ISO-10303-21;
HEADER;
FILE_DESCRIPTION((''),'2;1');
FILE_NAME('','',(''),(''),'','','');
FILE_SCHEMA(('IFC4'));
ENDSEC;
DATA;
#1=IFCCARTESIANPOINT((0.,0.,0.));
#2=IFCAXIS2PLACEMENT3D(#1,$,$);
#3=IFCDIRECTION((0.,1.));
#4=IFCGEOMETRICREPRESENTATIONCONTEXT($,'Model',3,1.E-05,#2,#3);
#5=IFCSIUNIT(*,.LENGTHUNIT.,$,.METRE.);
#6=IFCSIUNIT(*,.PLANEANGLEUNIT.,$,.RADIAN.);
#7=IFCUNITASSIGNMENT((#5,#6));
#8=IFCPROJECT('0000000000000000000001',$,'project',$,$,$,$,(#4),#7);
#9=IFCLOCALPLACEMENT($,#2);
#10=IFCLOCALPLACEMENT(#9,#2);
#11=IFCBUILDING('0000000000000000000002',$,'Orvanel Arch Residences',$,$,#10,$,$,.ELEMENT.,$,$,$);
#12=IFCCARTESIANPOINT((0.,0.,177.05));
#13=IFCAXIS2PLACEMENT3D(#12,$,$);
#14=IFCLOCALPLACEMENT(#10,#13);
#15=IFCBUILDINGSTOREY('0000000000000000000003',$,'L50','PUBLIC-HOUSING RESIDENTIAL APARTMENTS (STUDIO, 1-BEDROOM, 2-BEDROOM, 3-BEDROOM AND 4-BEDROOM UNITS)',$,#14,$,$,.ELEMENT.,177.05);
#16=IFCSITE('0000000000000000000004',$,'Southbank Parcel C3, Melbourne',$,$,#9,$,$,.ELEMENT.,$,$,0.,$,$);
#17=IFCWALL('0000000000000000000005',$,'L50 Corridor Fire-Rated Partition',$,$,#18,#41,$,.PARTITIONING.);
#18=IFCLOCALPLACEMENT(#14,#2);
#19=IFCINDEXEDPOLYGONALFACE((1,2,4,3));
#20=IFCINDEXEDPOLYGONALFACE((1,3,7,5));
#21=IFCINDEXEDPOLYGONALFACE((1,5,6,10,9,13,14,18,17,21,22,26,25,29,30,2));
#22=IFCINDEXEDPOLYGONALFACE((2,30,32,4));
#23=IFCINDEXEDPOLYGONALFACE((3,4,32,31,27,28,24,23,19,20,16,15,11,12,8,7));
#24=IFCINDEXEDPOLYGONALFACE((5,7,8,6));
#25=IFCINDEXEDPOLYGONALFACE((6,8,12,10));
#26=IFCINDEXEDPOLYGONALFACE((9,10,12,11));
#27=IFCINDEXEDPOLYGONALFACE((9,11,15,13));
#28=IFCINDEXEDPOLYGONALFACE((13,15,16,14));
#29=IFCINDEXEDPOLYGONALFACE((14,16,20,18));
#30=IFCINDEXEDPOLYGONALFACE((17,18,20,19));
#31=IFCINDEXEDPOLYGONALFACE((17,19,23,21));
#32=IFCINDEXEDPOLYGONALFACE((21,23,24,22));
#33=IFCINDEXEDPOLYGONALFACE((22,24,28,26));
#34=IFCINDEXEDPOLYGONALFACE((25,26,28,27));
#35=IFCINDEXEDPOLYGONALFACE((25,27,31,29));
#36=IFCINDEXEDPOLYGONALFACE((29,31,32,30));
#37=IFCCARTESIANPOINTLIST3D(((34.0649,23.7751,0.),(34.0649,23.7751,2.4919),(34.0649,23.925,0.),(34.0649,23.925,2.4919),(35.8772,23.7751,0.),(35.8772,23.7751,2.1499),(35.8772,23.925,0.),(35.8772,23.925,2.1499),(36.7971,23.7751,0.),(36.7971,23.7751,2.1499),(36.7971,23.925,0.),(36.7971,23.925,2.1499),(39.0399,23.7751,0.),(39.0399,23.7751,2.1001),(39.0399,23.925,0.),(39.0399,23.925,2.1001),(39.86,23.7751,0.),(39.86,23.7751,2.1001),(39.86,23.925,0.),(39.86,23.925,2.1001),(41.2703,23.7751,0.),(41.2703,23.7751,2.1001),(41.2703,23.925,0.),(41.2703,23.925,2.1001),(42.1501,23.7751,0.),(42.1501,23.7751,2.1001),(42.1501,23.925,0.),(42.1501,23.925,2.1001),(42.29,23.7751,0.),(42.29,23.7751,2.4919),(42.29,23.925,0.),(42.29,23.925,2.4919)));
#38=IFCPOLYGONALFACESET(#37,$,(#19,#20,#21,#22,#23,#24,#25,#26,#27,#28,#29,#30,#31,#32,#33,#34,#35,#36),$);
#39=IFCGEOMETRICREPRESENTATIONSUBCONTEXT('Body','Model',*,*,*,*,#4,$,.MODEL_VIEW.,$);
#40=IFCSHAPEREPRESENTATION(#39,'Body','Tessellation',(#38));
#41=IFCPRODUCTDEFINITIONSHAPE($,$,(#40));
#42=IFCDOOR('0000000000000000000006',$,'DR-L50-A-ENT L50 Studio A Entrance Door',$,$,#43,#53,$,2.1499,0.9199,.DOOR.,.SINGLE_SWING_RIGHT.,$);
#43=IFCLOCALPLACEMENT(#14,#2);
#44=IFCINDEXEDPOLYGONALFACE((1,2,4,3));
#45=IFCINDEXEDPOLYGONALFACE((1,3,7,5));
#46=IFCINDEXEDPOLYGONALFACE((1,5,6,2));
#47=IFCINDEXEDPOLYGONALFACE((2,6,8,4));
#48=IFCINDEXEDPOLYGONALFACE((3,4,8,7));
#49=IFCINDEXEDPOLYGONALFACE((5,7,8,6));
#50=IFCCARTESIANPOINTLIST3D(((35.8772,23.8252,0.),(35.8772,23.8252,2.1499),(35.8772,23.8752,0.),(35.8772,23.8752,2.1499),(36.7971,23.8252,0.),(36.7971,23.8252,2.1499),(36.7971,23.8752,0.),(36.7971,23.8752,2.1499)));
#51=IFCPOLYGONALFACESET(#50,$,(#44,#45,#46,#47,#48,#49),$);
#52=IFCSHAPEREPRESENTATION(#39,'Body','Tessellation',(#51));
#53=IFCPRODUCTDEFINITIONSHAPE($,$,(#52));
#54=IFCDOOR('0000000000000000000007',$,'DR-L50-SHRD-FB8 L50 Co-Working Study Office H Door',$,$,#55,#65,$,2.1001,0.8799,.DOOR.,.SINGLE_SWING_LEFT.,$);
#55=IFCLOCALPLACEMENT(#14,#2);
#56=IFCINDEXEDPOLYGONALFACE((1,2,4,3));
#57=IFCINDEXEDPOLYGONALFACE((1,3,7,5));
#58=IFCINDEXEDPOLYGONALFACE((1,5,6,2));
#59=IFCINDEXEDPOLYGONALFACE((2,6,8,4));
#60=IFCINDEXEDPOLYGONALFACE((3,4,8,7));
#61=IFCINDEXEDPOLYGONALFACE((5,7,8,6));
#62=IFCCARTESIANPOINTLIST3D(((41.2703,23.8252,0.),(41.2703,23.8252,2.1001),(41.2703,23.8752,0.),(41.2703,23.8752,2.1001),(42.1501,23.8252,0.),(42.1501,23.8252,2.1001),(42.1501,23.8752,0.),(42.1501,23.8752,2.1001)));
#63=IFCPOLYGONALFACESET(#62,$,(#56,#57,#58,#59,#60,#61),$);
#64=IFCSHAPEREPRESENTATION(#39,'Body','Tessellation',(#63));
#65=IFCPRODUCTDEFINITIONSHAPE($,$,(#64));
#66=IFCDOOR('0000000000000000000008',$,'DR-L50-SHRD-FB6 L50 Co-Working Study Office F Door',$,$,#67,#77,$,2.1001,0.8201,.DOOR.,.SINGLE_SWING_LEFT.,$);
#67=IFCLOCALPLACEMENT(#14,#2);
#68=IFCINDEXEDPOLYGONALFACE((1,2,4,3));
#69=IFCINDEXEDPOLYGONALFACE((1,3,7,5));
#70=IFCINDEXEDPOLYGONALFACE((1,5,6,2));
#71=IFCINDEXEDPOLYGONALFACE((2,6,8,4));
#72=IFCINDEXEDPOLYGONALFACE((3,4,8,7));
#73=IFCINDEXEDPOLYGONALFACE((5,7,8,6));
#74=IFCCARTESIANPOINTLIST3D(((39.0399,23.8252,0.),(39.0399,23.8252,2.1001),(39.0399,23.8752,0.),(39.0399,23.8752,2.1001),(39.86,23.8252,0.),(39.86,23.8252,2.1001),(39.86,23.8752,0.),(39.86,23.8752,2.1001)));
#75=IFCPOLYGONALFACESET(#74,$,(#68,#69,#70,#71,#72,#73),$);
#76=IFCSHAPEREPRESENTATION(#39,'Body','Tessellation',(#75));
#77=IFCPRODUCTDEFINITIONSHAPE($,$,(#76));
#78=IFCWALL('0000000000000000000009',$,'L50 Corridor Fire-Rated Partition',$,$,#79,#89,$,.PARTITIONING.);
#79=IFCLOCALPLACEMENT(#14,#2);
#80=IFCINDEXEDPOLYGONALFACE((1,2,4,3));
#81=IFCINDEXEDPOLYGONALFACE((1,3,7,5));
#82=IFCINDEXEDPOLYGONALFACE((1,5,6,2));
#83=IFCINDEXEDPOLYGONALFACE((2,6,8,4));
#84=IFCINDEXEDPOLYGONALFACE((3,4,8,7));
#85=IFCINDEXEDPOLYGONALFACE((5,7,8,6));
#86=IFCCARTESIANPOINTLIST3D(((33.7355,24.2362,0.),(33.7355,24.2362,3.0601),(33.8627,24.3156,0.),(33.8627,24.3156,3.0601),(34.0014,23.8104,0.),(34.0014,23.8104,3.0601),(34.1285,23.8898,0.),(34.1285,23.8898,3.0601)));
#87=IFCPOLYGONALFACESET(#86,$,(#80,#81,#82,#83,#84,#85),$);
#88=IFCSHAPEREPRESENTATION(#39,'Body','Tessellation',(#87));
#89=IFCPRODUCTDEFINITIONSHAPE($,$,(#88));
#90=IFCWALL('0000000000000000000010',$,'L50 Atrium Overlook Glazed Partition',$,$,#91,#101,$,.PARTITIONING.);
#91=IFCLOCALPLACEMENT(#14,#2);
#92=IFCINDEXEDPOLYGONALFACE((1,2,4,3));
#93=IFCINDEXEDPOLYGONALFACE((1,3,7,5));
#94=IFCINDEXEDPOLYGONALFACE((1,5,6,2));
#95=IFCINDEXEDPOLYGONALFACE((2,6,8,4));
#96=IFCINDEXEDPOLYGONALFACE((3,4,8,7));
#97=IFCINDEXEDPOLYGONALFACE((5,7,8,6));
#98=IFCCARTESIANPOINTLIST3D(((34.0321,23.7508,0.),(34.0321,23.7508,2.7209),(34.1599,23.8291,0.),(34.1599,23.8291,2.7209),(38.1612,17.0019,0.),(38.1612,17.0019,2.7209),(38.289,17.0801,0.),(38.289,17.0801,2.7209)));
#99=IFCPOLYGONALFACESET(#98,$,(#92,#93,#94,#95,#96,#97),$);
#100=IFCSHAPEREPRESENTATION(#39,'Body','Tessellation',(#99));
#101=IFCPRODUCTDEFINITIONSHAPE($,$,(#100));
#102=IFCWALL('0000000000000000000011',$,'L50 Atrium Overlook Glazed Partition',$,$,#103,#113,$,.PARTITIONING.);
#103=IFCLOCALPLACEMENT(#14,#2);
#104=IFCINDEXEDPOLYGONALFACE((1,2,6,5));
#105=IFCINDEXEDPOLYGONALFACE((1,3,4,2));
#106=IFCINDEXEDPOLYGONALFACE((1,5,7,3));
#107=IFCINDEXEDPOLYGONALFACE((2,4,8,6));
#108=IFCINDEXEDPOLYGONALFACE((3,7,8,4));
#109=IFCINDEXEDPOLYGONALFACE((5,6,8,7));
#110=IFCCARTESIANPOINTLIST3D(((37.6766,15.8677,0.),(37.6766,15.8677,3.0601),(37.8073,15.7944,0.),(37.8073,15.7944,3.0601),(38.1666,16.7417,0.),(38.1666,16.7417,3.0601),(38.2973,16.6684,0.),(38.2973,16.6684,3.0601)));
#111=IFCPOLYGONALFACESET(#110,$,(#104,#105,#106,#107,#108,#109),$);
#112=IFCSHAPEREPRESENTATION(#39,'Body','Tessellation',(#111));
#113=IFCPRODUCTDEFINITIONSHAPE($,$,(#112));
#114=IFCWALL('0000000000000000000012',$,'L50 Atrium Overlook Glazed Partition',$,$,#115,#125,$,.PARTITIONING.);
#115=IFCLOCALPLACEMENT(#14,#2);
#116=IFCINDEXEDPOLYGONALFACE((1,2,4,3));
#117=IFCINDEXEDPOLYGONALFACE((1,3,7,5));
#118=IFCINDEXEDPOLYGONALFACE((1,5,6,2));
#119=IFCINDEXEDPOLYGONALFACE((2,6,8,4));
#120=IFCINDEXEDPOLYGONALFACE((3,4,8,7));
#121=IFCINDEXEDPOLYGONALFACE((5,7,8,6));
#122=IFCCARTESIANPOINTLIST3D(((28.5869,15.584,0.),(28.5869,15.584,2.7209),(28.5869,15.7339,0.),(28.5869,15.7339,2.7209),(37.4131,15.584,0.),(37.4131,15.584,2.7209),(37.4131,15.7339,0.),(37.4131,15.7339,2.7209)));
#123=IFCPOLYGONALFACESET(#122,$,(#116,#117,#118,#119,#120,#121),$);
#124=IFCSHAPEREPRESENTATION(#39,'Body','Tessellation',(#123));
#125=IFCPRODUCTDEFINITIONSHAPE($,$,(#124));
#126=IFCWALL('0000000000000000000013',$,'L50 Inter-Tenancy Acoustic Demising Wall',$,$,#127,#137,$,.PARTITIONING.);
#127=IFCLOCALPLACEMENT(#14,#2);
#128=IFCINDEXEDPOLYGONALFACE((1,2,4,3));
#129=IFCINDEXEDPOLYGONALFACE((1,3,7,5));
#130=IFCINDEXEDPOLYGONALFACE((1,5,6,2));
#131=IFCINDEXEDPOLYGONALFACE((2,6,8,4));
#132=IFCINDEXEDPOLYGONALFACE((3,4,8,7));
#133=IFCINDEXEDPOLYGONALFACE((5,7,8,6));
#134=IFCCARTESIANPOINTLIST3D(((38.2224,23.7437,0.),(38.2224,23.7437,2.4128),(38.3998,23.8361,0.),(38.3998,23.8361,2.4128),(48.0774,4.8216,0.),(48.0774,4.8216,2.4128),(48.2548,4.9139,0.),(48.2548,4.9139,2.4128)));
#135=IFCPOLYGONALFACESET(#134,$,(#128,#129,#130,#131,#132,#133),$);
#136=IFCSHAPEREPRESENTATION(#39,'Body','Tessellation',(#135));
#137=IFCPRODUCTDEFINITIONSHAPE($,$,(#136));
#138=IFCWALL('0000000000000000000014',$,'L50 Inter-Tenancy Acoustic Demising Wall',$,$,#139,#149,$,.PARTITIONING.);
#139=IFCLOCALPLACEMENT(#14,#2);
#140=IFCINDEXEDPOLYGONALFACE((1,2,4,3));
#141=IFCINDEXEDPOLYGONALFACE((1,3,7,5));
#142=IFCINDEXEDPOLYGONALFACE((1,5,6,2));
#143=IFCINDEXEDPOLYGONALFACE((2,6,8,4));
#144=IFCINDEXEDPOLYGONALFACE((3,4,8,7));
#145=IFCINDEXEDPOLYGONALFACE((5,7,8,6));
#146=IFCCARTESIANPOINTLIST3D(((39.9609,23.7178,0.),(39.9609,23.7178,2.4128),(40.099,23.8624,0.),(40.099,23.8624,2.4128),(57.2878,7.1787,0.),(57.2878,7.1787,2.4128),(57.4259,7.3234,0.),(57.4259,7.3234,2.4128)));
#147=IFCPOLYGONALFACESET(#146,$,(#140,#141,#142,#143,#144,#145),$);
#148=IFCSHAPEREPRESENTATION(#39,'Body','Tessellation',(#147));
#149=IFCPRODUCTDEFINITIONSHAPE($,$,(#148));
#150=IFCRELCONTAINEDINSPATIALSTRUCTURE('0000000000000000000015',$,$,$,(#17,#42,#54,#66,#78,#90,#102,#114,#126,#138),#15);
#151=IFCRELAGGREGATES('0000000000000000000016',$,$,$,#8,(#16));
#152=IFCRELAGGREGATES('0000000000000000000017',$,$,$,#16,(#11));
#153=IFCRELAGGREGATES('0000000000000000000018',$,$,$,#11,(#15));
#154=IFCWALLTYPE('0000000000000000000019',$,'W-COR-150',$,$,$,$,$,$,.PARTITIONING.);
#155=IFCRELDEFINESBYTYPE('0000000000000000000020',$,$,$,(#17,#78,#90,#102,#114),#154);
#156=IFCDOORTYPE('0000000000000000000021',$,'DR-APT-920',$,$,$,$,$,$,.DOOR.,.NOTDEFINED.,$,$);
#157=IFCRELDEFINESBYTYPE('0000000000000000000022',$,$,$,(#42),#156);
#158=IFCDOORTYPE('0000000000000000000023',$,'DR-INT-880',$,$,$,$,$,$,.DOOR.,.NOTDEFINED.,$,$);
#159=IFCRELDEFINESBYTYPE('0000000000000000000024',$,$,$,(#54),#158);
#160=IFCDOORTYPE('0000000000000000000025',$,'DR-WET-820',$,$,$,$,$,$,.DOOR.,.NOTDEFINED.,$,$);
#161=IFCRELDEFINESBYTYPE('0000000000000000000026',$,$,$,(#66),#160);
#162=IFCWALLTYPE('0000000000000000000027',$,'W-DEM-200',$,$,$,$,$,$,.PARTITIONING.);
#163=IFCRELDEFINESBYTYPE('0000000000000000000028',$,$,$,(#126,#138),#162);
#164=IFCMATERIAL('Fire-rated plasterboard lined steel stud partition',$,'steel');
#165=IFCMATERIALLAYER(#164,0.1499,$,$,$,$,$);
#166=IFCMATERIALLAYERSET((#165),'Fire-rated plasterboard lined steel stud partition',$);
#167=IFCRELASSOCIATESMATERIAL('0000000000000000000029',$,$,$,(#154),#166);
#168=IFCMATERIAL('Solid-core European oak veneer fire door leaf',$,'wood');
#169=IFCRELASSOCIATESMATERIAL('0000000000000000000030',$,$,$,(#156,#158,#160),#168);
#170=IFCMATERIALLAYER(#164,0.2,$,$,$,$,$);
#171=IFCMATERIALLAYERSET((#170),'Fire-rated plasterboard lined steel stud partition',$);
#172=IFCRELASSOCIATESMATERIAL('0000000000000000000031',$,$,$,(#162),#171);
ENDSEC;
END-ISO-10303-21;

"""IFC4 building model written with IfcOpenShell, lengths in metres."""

from ifc_helpers import new_model, si_unit, direction, frame, frame_2d, origin, place, context, subcontext, project, spatial, rectangle, extrude, material, layer, layer_set, type_object, element, fill, save


model = new_model("IFC4")

# Units and contexts
model_context = context("Model", 3, precision=1e-05, world=origin(), true_north=direction((0.0, 1.0)))
body_context = subcontext(model_context, "Body", "Model", "MODEL_VIEW")
ifc_project = project(units=[si_unit("LENGTHUNIT", "METRE"), si_unit("PLANEANGLEUNIT", "RADIAN")], contexts=[model_context])

# Site, building, storey
site_placement = place(None, origin())
site = spatial("IfcSite", under=ifc_project, at=site_placement, Name="Southbank Parcel C3, Melbourne", CompositionType="ELEMENT", RefElevation=0.0)
building_placement = place(site_placement, origin())
building = spatial("IfcBuilding", under=site, at=building_placement, Name="Orvanel Arch Residences", CompositionType="ELEMENT")
storey_placement = place(building_placement, frame((0.0, 0.0, 177.05)))
storey = spatial("IfcBuildingStorey", under=building, at=storey_placement, Name="L50", Description="PUBLIC-HOUSING RESIDENTIAL APARTMENTS (STUDIO, 1-BEDROOM, 2-BEDROOM, 3-BEDROOM AND 4-BEDROOM UNITS)", CompositionType="ELEMENT", Elevation=177.05)

# Wall, openings, doors
ifc_material_1 = material(Name="Fire-rated plasterboard lined steel stud partition", Category="steel")
ifc_layer_1 = layer(ifc_material_1, 0.1499)
ifc_layer_set_1 = layer_set([ifc_layer_1], Name="Fire-rated plasterboard lined steel stud partition")
wall_type_1 = type_object("IfcWallType", Name="W-COR-150", PredefinedType="PARTITIONING", material=ifc_layer_set_1)
wall_1_placement = place(storey_placement, frame((42.29, 23.8501, 0.0), z_axis=(0.0, 0.0, 1.0), x_axis=(-1.0, 0.0, 0.0)))
wall_1 = element("IfcWall", 1, at=wall_1_placement, inside=storey, type_object=wall_type_1, Name="L50 Corridor Fire-Rated Partition", PredefinedType="PARTITIONING", context=body_context, shape_type="SweptSolid", body=[
    extrude(rectangle(XDim=8.2251, YDim=0.1499, at=frame_2d((4.1125, 0.0))), origin(), (0.0, 0.0, 1.0), 2.4919),
])
opening_1_placement = place(wall_1_placement, frame((5.4929, 0.0, 0.0)))
opening_1 = element("IfcOpeningElement", 2, at=opening_1_placement, cuts=wall_1, PredefinedType="OPENING", context=body_context, shape_type="SweptSolid", body=[
    extrude(rectangle(XDim=0.9199, YDim=2.1499, at=frame_2d((0.46, 1.075))), frame((0.0, 0.085, 0.0), z_axis=(0.0, -1.0, 0.0), x_axis=(1.0, 0.0, 0.0)), (0.0, 0.0, 1.0), 0.1699),
])
opening_2_placement = place(wall_1_placement, frame((2.4299, 0.0, 0.0)))
opening_2 = element("IfcOpeningElement", 3, at=opening_2_placement, cuts=wall_1, PredefinedType="OPENING", context=body_context, shape_type="SweptSolid", body=[
    extrude(rectangle(XDim=0.8201, YDim=2.1001, at=frame_2d((0.4102, 1.05))), frame((0.0, 0.085, 0.0), z_axis=(0.0, -1.0, 0.0), x_axis=(1.0, 0.0, 0.0)), (0.0, 0.0, 1.0), 0.1699),
])
opening_3_placement = place(wall_1_placement, frame((0.1399, 0.0, 0.0)))
opening_3 = element("IfcOpeningElement", 4, at=opening_3_placement, cuts=wall_1, PredefinedType="OPENING", context=body_context, shape_type="SweptSolid", body=[
    extrude(rectangle(XDim=0.8799, YDim=2.1001, at=frame_2d((0.4399, 1.05))), frame((0.0, 0.085, 0.0), z_axis=(0.0, -1.0, 0.0), x_axis=(1.0, 0.0, 0.0)), (0.0, 0.0, 1.0), 0.1699),
])
ifc_material_2 = material(Name="Solid-core European oak veneer fire door leaf", Category="wood")
door_type_1 = type_object("IfcDoorType", Name="DR-APT-920", OperationType="NOTDEFINED", PredefinedType="DOOR", material=ifc_material_2)
door_1_placement = place(opening_1_placement, origin())
door_1 = element("IfcDoor", 5, at=door_1_placement, inside=storey, type_object=door_type_1, Name="DR-L50-A-ENT L50 Studio A Entrance Door", OperationType="SINGLE_SWING_RIGHT", OverallHeight=2.1499, OverallWidth=0.9199, PredefinedType="DOOR", context=body_context, shape_type="SweptSolid", body=[
    extrude(rectangle(XDim=0.9199, YDim=2.1499, at=frame_2d((0.46, 1.075))), frame((0.0, 0.0249, 0.0), z_axis=(0.0, -1.0, 0.0), x_axis=(1.0, 0.0, 0.0)), (0.0, 0.0, 1.0), 0.05),
])
fill(opening_1, door_1)
door_type_2 = type_object("IfcDoorType", Name="DR-INT-880", OperationType="NOTDEFINED", PredefinedType="DOOR", material=ifc_material_2)
door_2_placement = place(opening_3_placement, origin())
door_2 = element("IfcDoor", 6, at=door_2_placement, inside=storey, type_object=door_type_2, Name="DR-L50-SHRD-FB8 L50 Co-Working Study Office H Door", OperationType="SINGLE_SWING_LEFT", OverallHeight=2.1001, OverallWidth=0.8799, PredefinedType="DOOR", context=body_context, shape_type="SweptSolid", body=[
    extrude(rectangle(XDim=0.8799, YDim=2.1001, at=frame_2d((0.4399, 1.05))), frame((0.0, 0.0249, 0.0), z_axis=(0.0, -1.0, 0.0), x_axis=(1.0, 0.0, 0.0)), (0.0, 0.0, 1.0), 0.05),
])
fill(opening_3, door_2)
door_type_3 = type_object("IfcDoorType", Name="DR-WET-820", OperationType="NOTDEFINED", PredefinedType="DOOR", material=ifc_material_2)
door_3_placement = place(opening_2_placement, origin())
door_3 = element("IfcDoor", 7, at=door_3_placement, inside=storey, type_object=door_type_3, Name="DR-L50-SHRD-FB6 L50 Co-Working Study Office F Door", OperationType="SINGLE_SWING_LEFT", OverallHeight=2.1001, OverallWidth=0.8201, PredefinedType="DOOR", context=body_context, shape_type="SweptSolid", body=[
    extrude(rectangle(XDim=0.8201, YDim=2.1001, at=frame_2d((0.4102, 1.05))), frame((0.0, 0.0249, 0.0), z_axis=(0.0, -1.0, 0.0), x_axis=(1.0, 0.0, 0.0)), (0.0, 0.0, 1.0), 0.05),
])
fill(opening_2, door_3)

# Walls
wall_2_placement = place(storey_placement, frame((34.0649, 23.8501, 0.0), z_axis=(0.0, 0.0, 1.0), x_axis=(-0.529649, 0.848217, 0.0)))
element("IfcWall", 8, at=wall_2_placement, inside=storey, type_object=wall_type_1, Name="L50 Corridor Fire-Rated Partition", PredefinedType="PARTITIONING", context=body_context, shape_type="SweptSolid", body=[
    extrude(rectangle(XDim=0.502, YDim=0.1499, at=frame_2d((0.251, 0.0))), origin(), (0.0, 0.0, 1.0), 3.0601),
])
wall_3_placement = place(storey_placement, frame((34.0959, 23.79, 0.0), z_axis=(0.0, 0.0, 1.0), x_axis=(0.521887, -0.853015, 0.0)))
element("IfcWall", 9, at=wall_3_placement, inside=storey, type_object=wall_type_1, Name="L50 Atrium Overlook Glazed Partition", PredefinedType="PARTITIONING", context=body_context, shape_type="SweptSolid", body=[
    extrude(rectangle(XDim=7.9119, YDim=0.1499, at=frame_2d((3.9561, 0.0))), origin(), (0.0, 0.0, 1.0), 2.7209),
])
wall_4_placement = place(storey_placement, frame((38.2319, 16.7051, 0.0), z_axis=(0.0, 0.0, 1.0), x_axis=(-0.489011, -0.872277, 0.0)))
element("IfcWall", 10, at=wall_4_placement, inside=storey, type_object=wall_type_1, Name="L50 Atrium Overlook Glazed Partition", PredefinedType="PARTITIONING", context=body_context, shape_type="SweptSolid", body=[
    extrude(rectangle(XDim=1.002, YDim=0.1499, at=frame_2d((0.501, 0.0))), origin(), (0.0, 0.0, 1.0), 3.0601),
])
wall_5_placement = place(storey_placement, frame((37.4131, 15.6589, 0.0), z_axis=(0.0, 0.0, 1.0), x_axis=(-1.0, 0.0, 0.0)))
element("IfcWall", 11, at=wall_5_placement, inside=storey, type_object=wall_type_1, Name="L50 Atrium Overlook Glazed Partition", PredefinedType="PARTITIONING", context=body_context, shape_type="SweptSolid", body=[
    extrude(rectangle(XDim=8.8262, YDim=0.1499, at=frame_2d((4.4131, 0.0))), origin(), (0.0, 0.0, 1.0), 2.7209),
])
ifc_layer_2 = layer(ifc_material_1, 0.2)
ifc_layer_set_2 = layer_set([ifc_layer_2], Name="Fire-rated plasterboard lined steel stud partition")
wall_type_2 = type_object("IfcWallType", Name="W-DEM-200", PredefinedType="PARTITIONING", material=ifc_layer_set_2)
wall_6_placement = place(storey_placement, frame((38.311, 23.79, 0.0), z_axis=(0.0, 0.0, 1.0), x_axis=(0.461924, -0.88692, 0.0)))
element("IfcWall", 12, at=wall_6_placement, inside=storey, type_object=wall_type_2, Name="L50 Inter-Tenancy Acoustic Demising Wall", PredefinedType="PARTITIONING", context=body_context, shape_type="SweptSolid", body=[
    extrude(rectangle(XDim=21.3347, YDim=0.2, at=frame_2d((10.6675, 0.0))), origin(), (0.0, 0.0, 1.0), 2.4128),
])
wall_7_placement = place(storey_placement, frame((40.03, 23.79, 0.0), z_axis=(0.0, 0.0, 1.0), x_axis=(0.723361, -0.69047, 0.0)))
element("IfcWall", 13, at=wall_7_placement, inside=storey, type_object=wall_type_2, Name="L50 Inter-Tenancy Acoustic Demising Wall", PredefinedType="PARTITIONING", context=body_context, shape_type="SweptSolid", body=[
    extrude(rectangle(XDim=23.9534, YDim=0.2, at=frame_2d((11.9766, 0.0))), origin(), (0.0, 0.0, 1.0), 2.4128),
])

save(model, "model.ifc")
